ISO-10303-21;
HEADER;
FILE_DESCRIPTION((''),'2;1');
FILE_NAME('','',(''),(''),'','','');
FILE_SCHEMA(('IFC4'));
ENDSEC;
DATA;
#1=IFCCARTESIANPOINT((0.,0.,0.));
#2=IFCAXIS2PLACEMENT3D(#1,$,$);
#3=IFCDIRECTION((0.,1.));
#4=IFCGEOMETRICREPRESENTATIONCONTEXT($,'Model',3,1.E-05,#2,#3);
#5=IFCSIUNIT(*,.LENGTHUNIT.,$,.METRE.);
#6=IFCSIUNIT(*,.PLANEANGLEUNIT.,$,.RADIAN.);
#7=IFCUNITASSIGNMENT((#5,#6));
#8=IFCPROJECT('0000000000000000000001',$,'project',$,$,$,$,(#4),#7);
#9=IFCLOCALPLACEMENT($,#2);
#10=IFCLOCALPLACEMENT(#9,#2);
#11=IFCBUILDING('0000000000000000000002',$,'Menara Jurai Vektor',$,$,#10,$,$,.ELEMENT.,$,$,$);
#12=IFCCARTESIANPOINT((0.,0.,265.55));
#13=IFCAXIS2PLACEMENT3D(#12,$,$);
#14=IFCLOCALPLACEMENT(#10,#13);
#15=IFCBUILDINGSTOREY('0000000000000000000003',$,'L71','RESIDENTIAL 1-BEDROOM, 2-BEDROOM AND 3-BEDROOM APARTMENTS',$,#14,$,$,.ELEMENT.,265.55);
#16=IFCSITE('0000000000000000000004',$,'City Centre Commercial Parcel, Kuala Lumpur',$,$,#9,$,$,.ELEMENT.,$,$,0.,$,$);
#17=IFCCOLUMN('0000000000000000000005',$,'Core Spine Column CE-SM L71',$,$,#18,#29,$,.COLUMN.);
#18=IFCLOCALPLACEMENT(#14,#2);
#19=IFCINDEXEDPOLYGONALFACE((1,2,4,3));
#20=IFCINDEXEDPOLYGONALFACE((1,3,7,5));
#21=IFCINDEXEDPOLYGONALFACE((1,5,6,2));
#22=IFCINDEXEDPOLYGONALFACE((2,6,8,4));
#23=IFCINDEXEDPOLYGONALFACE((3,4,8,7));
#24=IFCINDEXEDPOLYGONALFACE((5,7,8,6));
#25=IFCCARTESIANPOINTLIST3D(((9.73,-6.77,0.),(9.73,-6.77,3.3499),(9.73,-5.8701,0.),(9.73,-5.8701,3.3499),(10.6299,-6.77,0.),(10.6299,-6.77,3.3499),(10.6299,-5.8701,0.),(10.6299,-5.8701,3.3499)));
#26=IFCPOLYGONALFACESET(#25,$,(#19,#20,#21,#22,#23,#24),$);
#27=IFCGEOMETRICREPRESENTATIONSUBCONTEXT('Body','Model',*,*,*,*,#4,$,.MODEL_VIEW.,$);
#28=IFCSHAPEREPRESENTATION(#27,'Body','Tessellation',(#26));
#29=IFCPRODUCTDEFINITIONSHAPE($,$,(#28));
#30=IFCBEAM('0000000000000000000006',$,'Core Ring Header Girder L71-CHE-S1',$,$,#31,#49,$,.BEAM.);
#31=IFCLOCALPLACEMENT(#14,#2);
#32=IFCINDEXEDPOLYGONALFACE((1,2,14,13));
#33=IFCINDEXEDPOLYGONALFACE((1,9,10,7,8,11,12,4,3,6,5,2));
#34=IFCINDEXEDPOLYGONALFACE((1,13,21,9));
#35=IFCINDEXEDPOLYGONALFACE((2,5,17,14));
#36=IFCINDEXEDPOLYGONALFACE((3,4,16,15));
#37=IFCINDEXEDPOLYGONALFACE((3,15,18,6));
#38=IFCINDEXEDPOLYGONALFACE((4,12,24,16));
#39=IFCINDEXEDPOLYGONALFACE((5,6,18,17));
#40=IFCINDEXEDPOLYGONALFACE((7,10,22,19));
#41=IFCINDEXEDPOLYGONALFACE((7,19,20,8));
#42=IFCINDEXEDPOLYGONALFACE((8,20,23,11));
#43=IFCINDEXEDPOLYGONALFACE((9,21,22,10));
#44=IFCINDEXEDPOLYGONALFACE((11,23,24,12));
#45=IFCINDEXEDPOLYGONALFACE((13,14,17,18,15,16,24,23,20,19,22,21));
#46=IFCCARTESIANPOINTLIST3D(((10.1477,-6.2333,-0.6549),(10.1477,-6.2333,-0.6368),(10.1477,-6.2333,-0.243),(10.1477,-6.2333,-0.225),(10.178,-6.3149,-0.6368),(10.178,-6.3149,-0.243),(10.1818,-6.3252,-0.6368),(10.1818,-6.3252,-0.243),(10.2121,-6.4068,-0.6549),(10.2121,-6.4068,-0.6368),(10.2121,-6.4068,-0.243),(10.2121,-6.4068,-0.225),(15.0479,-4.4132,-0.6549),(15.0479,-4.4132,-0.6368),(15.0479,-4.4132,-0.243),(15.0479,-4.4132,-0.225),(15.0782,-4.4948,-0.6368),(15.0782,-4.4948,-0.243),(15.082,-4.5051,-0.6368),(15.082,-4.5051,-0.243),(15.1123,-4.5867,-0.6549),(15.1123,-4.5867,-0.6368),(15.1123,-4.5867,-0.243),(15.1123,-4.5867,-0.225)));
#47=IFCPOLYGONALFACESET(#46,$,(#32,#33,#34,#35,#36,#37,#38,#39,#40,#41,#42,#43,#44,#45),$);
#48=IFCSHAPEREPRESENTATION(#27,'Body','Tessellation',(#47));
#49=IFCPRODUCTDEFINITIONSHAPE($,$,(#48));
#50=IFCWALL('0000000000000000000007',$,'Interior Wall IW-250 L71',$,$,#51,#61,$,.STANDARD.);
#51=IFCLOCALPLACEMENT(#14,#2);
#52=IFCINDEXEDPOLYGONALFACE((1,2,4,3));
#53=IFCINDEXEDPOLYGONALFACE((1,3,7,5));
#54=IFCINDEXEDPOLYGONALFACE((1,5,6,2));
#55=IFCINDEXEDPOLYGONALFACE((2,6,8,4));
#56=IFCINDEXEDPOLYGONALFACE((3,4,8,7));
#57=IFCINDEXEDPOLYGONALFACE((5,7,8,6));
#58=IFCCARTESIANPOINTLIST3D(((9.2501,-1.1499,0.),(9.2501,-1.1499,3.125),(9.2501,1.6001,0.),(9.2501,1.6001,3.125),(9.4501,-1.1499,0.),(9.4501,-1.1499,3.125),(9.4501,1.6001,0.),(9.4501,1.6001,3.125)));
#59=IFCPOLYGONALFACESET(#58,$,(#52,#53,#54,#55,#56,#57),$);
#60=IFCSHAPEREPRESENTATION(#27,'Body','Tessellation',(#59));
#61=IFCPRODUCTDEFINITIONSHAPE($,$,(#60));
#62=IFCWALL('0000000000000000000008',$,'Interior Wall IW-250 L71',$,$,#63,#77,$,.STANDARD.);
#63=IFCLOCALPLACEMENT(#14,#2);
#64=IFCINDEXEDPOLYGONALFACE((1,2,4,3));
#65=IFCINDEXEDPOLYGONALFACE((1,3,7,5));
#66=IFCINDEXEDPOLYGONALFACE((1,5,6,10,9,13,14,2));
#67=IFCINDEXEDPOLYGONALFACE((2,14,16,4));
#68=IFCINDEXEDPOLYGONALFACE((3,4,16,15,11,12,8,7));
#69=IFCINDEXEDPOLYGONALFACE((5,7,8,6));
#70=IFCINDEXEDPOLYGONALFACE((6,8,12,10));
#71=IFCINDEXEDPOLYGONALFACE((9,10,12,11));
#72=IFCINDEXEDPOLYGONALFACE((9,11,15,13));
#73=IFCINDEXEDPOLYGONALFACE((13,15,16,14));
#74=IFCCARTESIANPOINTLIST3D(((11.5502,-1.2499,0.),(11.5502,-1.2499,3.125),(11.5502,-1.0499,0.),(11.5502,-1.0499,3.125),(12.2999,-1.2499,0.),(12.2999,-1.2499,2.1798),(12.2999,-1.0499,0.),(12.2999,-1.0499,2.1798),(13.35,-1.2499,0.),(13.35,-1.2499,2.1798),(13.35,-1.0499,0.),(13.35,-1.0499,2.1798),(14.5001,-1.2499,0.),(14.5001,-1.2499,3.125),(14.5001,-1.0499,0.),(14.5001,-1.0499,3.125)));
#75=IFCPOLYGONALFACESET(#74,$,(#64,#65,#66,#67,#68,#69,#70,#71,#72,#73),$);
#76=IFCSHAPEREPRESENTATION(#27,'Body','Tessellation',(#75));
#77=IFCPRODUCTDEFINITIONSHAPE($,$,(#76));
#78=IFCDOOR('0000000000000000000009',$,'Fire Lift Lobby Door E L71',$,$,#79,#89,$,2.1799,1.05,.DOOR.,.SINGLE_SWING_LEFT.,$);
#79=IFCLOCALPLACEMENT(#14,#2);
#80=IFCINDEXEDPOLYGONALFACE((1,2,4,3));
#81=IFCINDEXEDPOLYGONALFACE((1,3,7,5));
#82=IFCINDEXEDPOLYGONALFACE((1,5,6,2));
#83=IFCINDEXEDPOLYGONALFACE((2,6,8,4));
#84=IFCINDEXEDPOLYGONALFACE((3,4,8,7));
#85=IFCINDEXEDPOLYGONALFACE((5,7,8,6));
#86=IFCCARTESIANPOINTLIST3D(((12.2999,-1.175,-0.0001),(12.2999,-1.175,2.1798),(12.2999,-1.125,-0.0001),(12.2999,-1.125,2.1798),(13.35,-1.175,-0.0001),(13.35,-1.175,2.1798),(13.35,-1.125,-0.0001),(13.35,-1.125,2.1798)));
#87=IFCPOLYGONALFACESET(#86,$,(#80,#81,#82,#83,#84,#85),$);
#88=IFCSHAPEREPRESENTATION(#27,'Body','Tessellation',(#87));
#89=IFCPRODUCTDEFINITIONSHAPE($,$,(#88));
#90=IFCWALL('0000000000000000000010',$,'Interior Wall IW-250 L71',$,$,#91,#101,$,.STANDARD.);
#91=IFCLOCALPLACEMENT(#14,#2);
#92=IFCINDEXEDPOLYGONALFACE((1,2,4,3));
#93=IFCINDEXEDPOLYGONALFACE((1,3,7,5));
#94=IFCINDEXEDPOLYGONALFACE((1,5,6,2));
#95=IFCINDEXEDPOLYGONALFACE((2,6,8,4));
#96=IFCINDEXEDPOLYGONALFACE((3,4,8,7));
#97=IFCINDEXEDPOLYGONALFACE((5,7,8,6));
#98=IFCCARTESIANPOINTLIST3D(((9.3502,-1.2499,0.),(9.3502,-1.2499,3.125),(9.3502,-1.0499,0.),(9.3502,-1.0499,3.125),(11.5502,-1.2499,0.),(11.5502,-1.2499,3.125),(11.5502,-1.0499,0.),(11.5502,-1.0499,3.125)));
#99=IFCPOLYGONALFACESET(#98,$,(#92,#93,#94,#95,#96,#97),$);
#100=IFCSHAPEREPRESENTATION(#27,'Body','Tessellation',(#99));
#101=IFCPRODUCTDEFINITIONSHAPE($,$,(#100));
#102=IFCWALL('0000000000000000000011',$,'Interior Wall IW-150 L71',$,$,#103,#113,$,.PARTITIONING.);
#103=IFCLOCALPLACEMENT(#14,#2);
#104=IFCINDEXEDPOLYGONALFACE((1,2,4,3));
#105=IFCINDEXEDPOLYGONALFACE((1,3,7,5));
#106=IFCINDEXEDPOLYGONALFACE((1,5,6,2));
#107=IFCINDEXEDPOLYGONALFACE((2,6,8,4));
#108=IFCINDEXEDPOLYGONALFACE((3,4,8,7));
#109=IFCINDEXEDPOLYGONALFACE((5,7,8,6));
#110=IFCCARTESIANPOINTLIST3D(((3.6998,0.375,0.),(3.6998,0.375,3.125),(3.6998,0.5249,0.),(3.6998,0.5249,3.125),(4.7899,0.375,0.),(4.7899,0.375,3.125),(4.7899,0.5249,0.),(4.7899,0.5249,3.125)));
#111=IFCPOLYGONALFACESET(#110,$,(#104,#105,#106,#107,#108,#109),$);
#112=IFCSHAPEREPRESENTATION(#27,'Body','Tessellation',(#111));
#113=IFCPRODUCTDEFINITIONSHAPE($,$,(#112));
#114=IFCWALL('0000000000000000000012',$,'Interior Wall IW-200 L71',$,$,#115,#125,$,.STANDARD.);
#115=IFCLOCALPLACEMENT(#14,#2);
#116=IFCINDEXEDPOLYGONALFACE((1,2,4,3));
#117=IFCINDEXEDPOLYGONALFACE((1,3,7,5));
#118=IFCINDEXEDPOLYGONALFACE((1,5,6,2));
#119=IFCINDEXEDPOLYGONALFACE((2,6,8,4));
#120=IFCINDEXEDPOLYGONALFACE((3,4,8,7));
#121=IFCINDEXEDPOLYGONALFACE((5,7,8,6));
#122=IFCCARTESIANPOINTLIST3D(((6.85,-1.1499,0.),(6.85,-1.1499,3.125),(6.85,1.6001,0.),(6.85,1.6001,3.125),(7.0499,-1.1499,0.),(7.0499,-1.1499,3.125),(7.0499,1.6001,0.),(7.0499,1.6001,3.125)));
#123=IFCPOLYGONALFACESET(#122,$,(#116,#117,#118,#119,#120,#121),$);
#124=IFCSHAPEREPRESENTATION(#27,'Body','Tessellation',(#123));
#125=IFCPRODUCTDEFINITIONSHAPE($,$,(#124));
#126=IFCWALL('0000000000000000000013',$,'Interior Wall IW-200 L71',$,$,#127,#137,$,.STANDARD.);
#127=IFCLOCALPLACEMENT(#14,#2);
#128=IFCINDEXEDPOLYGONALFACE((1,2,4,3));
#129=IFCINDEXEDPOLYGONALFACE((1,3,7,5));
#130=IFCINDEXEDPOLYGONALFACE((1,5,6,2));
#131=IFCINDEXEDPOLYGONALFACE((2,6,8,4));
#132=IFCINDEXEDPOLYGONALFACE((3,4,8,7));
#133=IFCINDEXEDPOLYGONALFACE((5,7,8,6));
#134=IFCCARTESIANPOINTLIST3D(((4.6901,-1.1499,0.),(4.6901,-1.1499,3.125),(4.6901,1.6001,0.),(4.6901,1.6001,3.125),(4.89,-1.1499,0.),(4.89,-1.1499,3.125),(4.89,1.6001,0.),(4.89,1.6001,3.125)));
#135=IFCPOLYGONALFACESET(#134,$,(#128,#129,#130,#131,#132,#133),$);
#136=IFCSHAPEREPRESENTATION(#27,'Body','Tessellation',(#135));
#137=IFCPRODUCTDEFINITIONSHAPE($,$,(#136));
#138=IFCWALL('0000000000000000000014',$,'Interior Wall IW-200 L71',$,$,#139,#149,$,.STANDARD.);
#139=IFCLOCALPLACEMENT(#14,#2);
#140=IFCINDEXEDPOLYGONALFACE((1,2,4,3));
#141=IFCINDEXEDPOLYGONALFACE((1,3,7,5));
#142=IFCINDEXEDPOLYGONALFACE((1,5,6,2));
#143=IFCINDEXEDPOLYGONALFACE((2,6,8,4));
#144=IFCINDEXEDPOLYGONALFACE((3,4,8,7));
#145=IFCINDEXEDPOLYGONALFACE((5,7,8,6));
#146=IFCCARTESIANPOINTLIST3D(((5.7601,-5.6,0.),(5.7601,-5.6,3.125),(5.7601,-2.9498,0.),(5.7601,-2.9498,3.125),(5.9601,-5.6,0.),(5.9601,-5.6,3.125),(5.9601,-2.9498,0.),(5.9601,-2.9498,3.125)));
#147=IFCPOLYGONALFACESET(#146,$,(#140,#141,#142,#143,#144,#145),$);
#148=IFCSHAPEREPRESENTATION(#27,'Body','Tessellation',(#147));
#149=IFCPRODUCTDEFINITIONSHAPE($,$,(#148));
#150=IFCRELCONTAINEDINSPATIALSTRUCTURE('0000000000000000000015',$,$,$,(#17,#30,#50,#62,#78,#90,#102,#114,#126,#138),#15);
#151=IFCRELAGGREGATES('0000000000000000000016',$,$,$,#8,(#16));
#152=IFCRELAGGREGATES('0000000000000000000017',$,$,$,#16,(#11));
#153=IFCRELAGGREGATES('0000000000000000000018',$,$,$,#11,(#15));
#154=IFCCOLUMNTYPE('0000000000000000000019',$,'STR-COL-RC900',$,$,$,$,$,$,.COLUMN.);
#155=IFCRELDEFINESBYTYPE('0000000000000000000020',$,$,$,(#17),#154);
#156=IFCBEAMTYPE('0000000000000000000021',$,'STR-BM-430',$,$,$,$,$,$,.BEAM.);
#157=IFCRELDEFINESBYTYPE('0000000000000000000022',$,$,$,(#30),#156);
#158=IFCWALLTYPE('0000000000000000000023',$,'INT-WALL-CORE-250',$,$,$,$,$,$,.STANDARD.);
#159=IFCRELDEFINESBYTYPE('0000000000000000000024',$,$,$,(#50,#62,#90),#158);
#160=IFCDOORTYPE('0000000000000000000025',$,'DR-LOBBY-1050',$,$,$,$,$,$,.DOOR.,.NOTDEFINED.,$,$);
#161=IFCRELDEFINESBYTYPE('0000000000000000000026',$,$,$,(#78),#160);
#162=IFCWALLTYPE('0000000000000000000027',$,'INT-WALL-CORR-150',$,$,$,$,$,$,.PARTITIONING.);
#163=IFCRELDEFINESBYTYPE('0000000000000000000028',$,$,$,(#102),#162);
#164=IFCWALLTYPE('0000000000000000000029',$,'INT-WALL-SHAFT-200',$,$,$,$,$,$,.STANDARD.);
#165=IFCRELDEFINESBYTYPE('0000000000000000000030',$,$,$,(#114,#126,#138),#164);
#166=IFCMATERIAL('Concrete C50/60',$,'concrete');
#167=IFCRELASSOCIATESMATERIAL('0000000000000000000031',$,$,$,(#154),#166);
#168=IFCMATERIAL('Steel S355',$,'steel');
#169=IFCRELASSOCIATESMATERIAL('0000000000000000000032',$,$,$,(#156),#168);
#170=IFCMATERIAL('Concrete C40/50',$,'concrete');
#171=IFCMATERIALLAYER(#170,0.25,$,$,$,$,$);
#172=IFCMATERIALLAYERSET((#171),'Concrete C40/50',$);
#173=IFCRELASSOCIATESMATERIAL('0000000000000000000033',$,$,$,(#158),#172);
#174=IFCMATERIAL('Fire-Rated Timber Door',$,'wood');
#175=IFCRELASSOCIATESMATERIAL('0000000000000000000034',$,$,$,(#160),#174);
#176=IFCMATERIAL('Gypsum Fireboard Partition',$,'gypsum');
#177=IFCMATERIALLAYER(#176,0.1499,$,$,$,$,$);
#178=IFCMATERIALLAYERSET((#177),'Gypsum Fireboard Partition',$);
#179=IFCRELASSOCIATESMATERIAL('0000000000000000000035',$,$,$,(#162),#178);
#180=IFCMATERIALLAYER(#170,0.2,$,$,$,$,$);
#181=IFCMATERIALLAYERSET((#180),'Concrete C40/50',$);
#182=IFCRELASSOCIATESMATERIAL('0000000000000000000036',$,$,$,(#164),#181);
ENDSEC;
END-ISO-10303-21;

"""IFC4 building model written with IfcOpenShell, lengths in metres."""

from ifc_helpers import new_model, si_unit, direction, frame, frame_2d, origin, origin_2d, place, context, subcontext, project, spatial, rectangle, i_section, extrude, material, layer, layer_set, material_profile, profile_set, type_object, element, fill, save


model = new_model("IFC4")

# Units and contexts
model_context = context("Model", 3, precision=1e-05, world=origin(), true_north=direction((0.0, 1.0)))
body_context = subcontext(model_context, "Body", "Model", "MODEL_VIEW")
ifc_project = project(units=[si_unit("LENGTHUNIT", "METRE"), si_unit("PLANEANGLEUNIT", "RADIAN")], contexts=[model_context])

# Site, building, storey
site_placement = place(None, origin())
site = spatial("IfcSite", under=ifc_project, at=site_placement, Name="City Centre Commercial Parcel, Kuala Lumpur", CompositionType="ELEMENT", RefElevation=0.0)
building_placement = place(site_placement, origin())
building = spatial("IfcBuilding", under=site, at=building_placement, Name="Menara Jurai Vektor", CompositionType="ELEMENT")
storey_placement = place(building_placement, frame((0.0, 0.0, 265.55)))
storey = spatial("IfcBuildingStorey", under=building, at=storey_placement, Name="L71", Description="RESIDENTIAL 1-BEDROOM, 2-BEDROOM AND 3-BEDROOM APARTMENTS", CompositionType="ELEMENT", Elevation=265.55)

# Column
ifc_material_1 = material(Name="Concrete C50/60", Category="concrete")
ifc_material_profile_1 = material_profile(ifc_material_1, rectangle(XDim=0.8999, YDim=0.8999, at=origin_2d()), Name="RC 900x900")
ifc_profile_set_1 = profile_set([ifc_material_profile_1], Name="Concrete C50/60")
column_type = type_object("IfcColumnType", Name="STR-COL-RC900", PredefinedType="COLUMN", material=ifc_profile_set_1)
column_placement = place(storey_placement, frame((10.1799, -6.3201, 0.0), z_axis=(0.0, 0.0, 1.0), x_axis=(1.0, 0.0, 0.0)))
element("IfcColumn", 1, at=column_placement, inside=storey, type_object=column_type, Name="Core Spine Column CE-SM L71", PredefinedType="COLUMN", context=body_context, shape_type="SweptSolid", body=[
    extrude(rectangle(XDim=0.8999, YDim=0.8999, at=origin_2d()), origin(), (0.0, 0.0, 1.0), 3.3499),
])

# Beam
ifc_material_2 = material(Name="Steel S355", Category="steel")
ifc_material_profile_2 = material_profile(ifc_material_2, i_section(OverallWidth=0.1851, OverallDepth=0.4299, WebThickness=0.011, FlangeThickness=0.0181, at=origin_2d()), Name="PG 430x185x76")
ifc_profile_set_2 = profile_set([ifc_material_profile_2], Name="Steel S355")
beam_type = type_object("IfcBeamType", Name="STR-BM-430", PredefinedType="BEAM", material=ifc_profile_set_2)
beam_placement = place(storey_placement, frame((10.1799, -6.3201, -0.4399), z_axis=(0.937424, 0.348189, 0.0), x_axis=(-0.348189, 0.937424, 0.0)))
element("IfcBeam", 2, at=beam_placement, inside=storey, type_object=beam_type, Name="Core Ring Header Girder L71-CHE-S1", PredefinedType="BEAM", context=body_context, shape_type="SweptSolid", body=[
    extrude(i_section(OverallWidth=0.1851, OverallDepth=0.4299, WebThickness=0.011, FlangeThickness=0.0181, at=origin_2d()), origin(), (0.0, 0.0, 1.0), 5.2273),
])

# Shared definitions
ifc_material_3 = material(Name="Concrete C40/50", Category="concrete")
ifc_layer_1 = layer(ifc_material_3, 0.25)
ifc_layer_set_1 = layer_set([ifc_layer_1], Name="Concrete C40/50")
wall_type_1 = type_object("IfcWallType", Name="INT-WALL-CORE-250", PredefinedType="STANDARD", material=ifc_layer_set_1)

# Wall
wall_1_placement = place(storey_placement, frame((9.3501, -1.1499, 0.0), z_axis=(0.0, 0.0, 1.0), x_axis=(0.0, 1.0, 0.0)))
element("IfcWall", 3, at=wall_1_placement, inside=storey, type_object=wall_type_1, Name="Interior Wall IW-250 L71", PredefinedType="STANDARD", context=body_context, shape_type="SweptSolid", body=[
    extrude(rectangle(XDim=2.75, YDim=0.2, at=frame_2d((1.375, 0.0))), origin(), (0.0, 0.0, 1.0), 3.125),
])

# Wall, opening, door
wall_2_placement = place(storey_placement, frame((11.55, -1.1499, 0.0), z_axis=(0.0, 0.0, 1.0), x_axis=(1.0, 0.0, 0.0)))
wall_2 = element("IfcWall", 4, at=wall_2_placement, inside=storey, type_object=wall_type_1, Name="Interior Wall IW-250 L71", PredefinedType="STANDARD", context=body_context, shape_type="SweptSolid", body=[
    extrude(rectangle(XDim=2.95, YDim=0.2, at=frame_2d((1.4751, 0.0))), origin(), (0.0, 0.0, 1.0), 3.125),
])
opening_1_placement = place(wall_2_placement, frame((0.75, 0.0, 0.0)))
opening_1 = element("IfcOpeningElement", 5, at=opening_1_placement, cuts=wall_2, PredefinedType="OPENING", context=body_context, shape_type="SweptSolid", body=[
    extrude(rectangle(XDim=1.05, YDim=2.1799, at=frame_2d((0.5249, 1.0898))), frame((0.0, 0.1099, 0.0), z_axis=(0.0, -1.0, 0.0), x_axis=(1.0, 0.0, 0.0)), (0.0, 0.0, 1.0), 0.22),
])
ifc_material_4 = material(Name="Fire-Rated Timber Door", Category="wood")
door_type_1 = type_object("IfcDoorType", Name="DR-LOBBY-1050", OperationType="NOTDEFINED", PredefinedType="DOOR", material=ifc_material_4)
door_1_placement = place(opening_1_placement, origin())
door_1 = element("IfcDoor", 6, at=door_1_placement, inside=storey, type_object=door_type_1, Name="Fire Lift Lobby Door E L71", OperationType="SINGLE_SWING_LEFT", OverallHeight=2.1799, OverallWidth=1.05, PredefinedType="DOOR", context=body_context, shape_type="SweptSolid", body=[
    extrude(rectangle(XDim=1.05, YDim=2.1799, at=frame_2d((0.5249, 1.0898))), frame((0.0, 0.0249, 0.0), z_axis=(0.0, -1.0, 0.0), x_axis=(1.0, 0.0, 0.0)), (0.0, 0.0, 1.0), 0.05),
])
fill(opening_1, door_1)

# Walls
wall_3_placement = place(storey_placement, frame((9.3501, -1.1499, 0.0), z_axis=(0.0, 0.0, 1.0), x_axis=(1.0, 0.0, 0.0)))
element("IfcWall", 7, at=wall_3_placement, inside=storey, type_object=wall_type_1, Name="Interior Wall IW-250 L71", PredefinedType="STANDARD", context=body_context, shape_type="SweptSolid", body=[
    extrude(rectangle(XDim=2.2, YDim=0.2, at=frame_2d((1.1001, 0.0))), origin(), (0.0, 0.0, 1.0), 3.125),
])
ifc_material_5 = material(Name="Gypsum Fireboard Partition", Category="gypsum")
ifc_layer_2 = layer(ifc_material_5, 0.1499)
ifc_layer_set_2 = layer_set([ifc_layer_2], Name="Gypsum Fireboard Partition")
wall_type_2 = type_object("IfcWallType", Name="INT-WALL-CORR-150", PredefinedType="PARTITIONING", material=ifc_layer_set_2)
wall_4_placement = place(storey_placement, frame((3.7, 0.45, 0.0), z_axis=(0.0, 0.0, 1.0), x_axis=(1.0, 0.0, 0.0)))
element("IfcWall", 8, at=wall_4_placement, inside=storey, type_object=wall_type_2, Name="Interior Wall IW-150 L71", PredefinedType="PARTITIONING", context=body_context, shape_type="SweptSolid", body=[
    extrude(rectangle(XDim=1.0901, YDim=0.1499, at=frame_2d((0.5449, 0.0))), origin(), (0.0, 0.0, 1.0), 3.125),
])

# Wall
ifc_layer_3 = layer(ifc_material_3, 0.2)
ifc_layer_set_3 = layer_set([ifc_layer_3], Name="Concrete C40/50")
wall_type_3 = type_object("IfcWallType", Name="INT-WALL-SHAFT-200", PredefinedType="STANDARD", material=ifc_layer_set_3)
wall_5_placement = place(storey_placement, frame((6.95, -1.1499, 0.0), z_axis=(0.0, 0.0, 1.0), x_axis=(0.0, 1.0, 0.0)))
element("IfcWall", 9, at=wall_5_placement, inside=storey, type_object=wall_type_3, Name="Interior Wall IW-200 L71", PredefinedType="STANDARD", context=body_context, shape_type="SweptSolid", body=[
    extrude(rectangle(XDim=2.75, YDim=0.2, at=frame_2d((1.375, 0.0))), origin(), (0.0, 0.0, 1.0), 3.125),
])

# Wall
wall_6_placement = place(storey_placement, frame((4.79, -1.1499, 0.0), z_axis=(0.0, 0.0, 1.0), x_axis=(0.0, 1.0, 0.0)))
element("IfcWall", 10, at=wall_6_placement, inside=storey, type_object=wall_type_3, Name="Interior Wall IW-200 L71", PredefinedType="STANDARD", context=body_context, shape_type="SweptSolid", body=[
    extrude(rectangle(XDim=2.75, YDim=0.2, at=frame_2d((1.375, 0.0))), origin(), (0.0, 0.0, 1.0), 3.125),
])

# Wall
wall_7_placement = place(storey_placement, frame((5.8601, -5.6001, 0.0), z_axis=(0.0, 0.0, 1.0), x_axis=(0.0, 1.0, 0.0)))
element("IfcWall", 11, at=wall_7_placement, inside=storey, type_object=wall_type_3, Name="Interior Wall IW-200 L71", PredefinedType="STANDARD", context=body_context, shape_type="SweptSolid", body=[
    extrude(rectangle(XDim=2.6501, YDim=0.2, at=frame_2d((1.3252, 0.0))), origin(), (0.0, 0.0, 1.0), 3.125),
])

save(model, "model.ifc")
